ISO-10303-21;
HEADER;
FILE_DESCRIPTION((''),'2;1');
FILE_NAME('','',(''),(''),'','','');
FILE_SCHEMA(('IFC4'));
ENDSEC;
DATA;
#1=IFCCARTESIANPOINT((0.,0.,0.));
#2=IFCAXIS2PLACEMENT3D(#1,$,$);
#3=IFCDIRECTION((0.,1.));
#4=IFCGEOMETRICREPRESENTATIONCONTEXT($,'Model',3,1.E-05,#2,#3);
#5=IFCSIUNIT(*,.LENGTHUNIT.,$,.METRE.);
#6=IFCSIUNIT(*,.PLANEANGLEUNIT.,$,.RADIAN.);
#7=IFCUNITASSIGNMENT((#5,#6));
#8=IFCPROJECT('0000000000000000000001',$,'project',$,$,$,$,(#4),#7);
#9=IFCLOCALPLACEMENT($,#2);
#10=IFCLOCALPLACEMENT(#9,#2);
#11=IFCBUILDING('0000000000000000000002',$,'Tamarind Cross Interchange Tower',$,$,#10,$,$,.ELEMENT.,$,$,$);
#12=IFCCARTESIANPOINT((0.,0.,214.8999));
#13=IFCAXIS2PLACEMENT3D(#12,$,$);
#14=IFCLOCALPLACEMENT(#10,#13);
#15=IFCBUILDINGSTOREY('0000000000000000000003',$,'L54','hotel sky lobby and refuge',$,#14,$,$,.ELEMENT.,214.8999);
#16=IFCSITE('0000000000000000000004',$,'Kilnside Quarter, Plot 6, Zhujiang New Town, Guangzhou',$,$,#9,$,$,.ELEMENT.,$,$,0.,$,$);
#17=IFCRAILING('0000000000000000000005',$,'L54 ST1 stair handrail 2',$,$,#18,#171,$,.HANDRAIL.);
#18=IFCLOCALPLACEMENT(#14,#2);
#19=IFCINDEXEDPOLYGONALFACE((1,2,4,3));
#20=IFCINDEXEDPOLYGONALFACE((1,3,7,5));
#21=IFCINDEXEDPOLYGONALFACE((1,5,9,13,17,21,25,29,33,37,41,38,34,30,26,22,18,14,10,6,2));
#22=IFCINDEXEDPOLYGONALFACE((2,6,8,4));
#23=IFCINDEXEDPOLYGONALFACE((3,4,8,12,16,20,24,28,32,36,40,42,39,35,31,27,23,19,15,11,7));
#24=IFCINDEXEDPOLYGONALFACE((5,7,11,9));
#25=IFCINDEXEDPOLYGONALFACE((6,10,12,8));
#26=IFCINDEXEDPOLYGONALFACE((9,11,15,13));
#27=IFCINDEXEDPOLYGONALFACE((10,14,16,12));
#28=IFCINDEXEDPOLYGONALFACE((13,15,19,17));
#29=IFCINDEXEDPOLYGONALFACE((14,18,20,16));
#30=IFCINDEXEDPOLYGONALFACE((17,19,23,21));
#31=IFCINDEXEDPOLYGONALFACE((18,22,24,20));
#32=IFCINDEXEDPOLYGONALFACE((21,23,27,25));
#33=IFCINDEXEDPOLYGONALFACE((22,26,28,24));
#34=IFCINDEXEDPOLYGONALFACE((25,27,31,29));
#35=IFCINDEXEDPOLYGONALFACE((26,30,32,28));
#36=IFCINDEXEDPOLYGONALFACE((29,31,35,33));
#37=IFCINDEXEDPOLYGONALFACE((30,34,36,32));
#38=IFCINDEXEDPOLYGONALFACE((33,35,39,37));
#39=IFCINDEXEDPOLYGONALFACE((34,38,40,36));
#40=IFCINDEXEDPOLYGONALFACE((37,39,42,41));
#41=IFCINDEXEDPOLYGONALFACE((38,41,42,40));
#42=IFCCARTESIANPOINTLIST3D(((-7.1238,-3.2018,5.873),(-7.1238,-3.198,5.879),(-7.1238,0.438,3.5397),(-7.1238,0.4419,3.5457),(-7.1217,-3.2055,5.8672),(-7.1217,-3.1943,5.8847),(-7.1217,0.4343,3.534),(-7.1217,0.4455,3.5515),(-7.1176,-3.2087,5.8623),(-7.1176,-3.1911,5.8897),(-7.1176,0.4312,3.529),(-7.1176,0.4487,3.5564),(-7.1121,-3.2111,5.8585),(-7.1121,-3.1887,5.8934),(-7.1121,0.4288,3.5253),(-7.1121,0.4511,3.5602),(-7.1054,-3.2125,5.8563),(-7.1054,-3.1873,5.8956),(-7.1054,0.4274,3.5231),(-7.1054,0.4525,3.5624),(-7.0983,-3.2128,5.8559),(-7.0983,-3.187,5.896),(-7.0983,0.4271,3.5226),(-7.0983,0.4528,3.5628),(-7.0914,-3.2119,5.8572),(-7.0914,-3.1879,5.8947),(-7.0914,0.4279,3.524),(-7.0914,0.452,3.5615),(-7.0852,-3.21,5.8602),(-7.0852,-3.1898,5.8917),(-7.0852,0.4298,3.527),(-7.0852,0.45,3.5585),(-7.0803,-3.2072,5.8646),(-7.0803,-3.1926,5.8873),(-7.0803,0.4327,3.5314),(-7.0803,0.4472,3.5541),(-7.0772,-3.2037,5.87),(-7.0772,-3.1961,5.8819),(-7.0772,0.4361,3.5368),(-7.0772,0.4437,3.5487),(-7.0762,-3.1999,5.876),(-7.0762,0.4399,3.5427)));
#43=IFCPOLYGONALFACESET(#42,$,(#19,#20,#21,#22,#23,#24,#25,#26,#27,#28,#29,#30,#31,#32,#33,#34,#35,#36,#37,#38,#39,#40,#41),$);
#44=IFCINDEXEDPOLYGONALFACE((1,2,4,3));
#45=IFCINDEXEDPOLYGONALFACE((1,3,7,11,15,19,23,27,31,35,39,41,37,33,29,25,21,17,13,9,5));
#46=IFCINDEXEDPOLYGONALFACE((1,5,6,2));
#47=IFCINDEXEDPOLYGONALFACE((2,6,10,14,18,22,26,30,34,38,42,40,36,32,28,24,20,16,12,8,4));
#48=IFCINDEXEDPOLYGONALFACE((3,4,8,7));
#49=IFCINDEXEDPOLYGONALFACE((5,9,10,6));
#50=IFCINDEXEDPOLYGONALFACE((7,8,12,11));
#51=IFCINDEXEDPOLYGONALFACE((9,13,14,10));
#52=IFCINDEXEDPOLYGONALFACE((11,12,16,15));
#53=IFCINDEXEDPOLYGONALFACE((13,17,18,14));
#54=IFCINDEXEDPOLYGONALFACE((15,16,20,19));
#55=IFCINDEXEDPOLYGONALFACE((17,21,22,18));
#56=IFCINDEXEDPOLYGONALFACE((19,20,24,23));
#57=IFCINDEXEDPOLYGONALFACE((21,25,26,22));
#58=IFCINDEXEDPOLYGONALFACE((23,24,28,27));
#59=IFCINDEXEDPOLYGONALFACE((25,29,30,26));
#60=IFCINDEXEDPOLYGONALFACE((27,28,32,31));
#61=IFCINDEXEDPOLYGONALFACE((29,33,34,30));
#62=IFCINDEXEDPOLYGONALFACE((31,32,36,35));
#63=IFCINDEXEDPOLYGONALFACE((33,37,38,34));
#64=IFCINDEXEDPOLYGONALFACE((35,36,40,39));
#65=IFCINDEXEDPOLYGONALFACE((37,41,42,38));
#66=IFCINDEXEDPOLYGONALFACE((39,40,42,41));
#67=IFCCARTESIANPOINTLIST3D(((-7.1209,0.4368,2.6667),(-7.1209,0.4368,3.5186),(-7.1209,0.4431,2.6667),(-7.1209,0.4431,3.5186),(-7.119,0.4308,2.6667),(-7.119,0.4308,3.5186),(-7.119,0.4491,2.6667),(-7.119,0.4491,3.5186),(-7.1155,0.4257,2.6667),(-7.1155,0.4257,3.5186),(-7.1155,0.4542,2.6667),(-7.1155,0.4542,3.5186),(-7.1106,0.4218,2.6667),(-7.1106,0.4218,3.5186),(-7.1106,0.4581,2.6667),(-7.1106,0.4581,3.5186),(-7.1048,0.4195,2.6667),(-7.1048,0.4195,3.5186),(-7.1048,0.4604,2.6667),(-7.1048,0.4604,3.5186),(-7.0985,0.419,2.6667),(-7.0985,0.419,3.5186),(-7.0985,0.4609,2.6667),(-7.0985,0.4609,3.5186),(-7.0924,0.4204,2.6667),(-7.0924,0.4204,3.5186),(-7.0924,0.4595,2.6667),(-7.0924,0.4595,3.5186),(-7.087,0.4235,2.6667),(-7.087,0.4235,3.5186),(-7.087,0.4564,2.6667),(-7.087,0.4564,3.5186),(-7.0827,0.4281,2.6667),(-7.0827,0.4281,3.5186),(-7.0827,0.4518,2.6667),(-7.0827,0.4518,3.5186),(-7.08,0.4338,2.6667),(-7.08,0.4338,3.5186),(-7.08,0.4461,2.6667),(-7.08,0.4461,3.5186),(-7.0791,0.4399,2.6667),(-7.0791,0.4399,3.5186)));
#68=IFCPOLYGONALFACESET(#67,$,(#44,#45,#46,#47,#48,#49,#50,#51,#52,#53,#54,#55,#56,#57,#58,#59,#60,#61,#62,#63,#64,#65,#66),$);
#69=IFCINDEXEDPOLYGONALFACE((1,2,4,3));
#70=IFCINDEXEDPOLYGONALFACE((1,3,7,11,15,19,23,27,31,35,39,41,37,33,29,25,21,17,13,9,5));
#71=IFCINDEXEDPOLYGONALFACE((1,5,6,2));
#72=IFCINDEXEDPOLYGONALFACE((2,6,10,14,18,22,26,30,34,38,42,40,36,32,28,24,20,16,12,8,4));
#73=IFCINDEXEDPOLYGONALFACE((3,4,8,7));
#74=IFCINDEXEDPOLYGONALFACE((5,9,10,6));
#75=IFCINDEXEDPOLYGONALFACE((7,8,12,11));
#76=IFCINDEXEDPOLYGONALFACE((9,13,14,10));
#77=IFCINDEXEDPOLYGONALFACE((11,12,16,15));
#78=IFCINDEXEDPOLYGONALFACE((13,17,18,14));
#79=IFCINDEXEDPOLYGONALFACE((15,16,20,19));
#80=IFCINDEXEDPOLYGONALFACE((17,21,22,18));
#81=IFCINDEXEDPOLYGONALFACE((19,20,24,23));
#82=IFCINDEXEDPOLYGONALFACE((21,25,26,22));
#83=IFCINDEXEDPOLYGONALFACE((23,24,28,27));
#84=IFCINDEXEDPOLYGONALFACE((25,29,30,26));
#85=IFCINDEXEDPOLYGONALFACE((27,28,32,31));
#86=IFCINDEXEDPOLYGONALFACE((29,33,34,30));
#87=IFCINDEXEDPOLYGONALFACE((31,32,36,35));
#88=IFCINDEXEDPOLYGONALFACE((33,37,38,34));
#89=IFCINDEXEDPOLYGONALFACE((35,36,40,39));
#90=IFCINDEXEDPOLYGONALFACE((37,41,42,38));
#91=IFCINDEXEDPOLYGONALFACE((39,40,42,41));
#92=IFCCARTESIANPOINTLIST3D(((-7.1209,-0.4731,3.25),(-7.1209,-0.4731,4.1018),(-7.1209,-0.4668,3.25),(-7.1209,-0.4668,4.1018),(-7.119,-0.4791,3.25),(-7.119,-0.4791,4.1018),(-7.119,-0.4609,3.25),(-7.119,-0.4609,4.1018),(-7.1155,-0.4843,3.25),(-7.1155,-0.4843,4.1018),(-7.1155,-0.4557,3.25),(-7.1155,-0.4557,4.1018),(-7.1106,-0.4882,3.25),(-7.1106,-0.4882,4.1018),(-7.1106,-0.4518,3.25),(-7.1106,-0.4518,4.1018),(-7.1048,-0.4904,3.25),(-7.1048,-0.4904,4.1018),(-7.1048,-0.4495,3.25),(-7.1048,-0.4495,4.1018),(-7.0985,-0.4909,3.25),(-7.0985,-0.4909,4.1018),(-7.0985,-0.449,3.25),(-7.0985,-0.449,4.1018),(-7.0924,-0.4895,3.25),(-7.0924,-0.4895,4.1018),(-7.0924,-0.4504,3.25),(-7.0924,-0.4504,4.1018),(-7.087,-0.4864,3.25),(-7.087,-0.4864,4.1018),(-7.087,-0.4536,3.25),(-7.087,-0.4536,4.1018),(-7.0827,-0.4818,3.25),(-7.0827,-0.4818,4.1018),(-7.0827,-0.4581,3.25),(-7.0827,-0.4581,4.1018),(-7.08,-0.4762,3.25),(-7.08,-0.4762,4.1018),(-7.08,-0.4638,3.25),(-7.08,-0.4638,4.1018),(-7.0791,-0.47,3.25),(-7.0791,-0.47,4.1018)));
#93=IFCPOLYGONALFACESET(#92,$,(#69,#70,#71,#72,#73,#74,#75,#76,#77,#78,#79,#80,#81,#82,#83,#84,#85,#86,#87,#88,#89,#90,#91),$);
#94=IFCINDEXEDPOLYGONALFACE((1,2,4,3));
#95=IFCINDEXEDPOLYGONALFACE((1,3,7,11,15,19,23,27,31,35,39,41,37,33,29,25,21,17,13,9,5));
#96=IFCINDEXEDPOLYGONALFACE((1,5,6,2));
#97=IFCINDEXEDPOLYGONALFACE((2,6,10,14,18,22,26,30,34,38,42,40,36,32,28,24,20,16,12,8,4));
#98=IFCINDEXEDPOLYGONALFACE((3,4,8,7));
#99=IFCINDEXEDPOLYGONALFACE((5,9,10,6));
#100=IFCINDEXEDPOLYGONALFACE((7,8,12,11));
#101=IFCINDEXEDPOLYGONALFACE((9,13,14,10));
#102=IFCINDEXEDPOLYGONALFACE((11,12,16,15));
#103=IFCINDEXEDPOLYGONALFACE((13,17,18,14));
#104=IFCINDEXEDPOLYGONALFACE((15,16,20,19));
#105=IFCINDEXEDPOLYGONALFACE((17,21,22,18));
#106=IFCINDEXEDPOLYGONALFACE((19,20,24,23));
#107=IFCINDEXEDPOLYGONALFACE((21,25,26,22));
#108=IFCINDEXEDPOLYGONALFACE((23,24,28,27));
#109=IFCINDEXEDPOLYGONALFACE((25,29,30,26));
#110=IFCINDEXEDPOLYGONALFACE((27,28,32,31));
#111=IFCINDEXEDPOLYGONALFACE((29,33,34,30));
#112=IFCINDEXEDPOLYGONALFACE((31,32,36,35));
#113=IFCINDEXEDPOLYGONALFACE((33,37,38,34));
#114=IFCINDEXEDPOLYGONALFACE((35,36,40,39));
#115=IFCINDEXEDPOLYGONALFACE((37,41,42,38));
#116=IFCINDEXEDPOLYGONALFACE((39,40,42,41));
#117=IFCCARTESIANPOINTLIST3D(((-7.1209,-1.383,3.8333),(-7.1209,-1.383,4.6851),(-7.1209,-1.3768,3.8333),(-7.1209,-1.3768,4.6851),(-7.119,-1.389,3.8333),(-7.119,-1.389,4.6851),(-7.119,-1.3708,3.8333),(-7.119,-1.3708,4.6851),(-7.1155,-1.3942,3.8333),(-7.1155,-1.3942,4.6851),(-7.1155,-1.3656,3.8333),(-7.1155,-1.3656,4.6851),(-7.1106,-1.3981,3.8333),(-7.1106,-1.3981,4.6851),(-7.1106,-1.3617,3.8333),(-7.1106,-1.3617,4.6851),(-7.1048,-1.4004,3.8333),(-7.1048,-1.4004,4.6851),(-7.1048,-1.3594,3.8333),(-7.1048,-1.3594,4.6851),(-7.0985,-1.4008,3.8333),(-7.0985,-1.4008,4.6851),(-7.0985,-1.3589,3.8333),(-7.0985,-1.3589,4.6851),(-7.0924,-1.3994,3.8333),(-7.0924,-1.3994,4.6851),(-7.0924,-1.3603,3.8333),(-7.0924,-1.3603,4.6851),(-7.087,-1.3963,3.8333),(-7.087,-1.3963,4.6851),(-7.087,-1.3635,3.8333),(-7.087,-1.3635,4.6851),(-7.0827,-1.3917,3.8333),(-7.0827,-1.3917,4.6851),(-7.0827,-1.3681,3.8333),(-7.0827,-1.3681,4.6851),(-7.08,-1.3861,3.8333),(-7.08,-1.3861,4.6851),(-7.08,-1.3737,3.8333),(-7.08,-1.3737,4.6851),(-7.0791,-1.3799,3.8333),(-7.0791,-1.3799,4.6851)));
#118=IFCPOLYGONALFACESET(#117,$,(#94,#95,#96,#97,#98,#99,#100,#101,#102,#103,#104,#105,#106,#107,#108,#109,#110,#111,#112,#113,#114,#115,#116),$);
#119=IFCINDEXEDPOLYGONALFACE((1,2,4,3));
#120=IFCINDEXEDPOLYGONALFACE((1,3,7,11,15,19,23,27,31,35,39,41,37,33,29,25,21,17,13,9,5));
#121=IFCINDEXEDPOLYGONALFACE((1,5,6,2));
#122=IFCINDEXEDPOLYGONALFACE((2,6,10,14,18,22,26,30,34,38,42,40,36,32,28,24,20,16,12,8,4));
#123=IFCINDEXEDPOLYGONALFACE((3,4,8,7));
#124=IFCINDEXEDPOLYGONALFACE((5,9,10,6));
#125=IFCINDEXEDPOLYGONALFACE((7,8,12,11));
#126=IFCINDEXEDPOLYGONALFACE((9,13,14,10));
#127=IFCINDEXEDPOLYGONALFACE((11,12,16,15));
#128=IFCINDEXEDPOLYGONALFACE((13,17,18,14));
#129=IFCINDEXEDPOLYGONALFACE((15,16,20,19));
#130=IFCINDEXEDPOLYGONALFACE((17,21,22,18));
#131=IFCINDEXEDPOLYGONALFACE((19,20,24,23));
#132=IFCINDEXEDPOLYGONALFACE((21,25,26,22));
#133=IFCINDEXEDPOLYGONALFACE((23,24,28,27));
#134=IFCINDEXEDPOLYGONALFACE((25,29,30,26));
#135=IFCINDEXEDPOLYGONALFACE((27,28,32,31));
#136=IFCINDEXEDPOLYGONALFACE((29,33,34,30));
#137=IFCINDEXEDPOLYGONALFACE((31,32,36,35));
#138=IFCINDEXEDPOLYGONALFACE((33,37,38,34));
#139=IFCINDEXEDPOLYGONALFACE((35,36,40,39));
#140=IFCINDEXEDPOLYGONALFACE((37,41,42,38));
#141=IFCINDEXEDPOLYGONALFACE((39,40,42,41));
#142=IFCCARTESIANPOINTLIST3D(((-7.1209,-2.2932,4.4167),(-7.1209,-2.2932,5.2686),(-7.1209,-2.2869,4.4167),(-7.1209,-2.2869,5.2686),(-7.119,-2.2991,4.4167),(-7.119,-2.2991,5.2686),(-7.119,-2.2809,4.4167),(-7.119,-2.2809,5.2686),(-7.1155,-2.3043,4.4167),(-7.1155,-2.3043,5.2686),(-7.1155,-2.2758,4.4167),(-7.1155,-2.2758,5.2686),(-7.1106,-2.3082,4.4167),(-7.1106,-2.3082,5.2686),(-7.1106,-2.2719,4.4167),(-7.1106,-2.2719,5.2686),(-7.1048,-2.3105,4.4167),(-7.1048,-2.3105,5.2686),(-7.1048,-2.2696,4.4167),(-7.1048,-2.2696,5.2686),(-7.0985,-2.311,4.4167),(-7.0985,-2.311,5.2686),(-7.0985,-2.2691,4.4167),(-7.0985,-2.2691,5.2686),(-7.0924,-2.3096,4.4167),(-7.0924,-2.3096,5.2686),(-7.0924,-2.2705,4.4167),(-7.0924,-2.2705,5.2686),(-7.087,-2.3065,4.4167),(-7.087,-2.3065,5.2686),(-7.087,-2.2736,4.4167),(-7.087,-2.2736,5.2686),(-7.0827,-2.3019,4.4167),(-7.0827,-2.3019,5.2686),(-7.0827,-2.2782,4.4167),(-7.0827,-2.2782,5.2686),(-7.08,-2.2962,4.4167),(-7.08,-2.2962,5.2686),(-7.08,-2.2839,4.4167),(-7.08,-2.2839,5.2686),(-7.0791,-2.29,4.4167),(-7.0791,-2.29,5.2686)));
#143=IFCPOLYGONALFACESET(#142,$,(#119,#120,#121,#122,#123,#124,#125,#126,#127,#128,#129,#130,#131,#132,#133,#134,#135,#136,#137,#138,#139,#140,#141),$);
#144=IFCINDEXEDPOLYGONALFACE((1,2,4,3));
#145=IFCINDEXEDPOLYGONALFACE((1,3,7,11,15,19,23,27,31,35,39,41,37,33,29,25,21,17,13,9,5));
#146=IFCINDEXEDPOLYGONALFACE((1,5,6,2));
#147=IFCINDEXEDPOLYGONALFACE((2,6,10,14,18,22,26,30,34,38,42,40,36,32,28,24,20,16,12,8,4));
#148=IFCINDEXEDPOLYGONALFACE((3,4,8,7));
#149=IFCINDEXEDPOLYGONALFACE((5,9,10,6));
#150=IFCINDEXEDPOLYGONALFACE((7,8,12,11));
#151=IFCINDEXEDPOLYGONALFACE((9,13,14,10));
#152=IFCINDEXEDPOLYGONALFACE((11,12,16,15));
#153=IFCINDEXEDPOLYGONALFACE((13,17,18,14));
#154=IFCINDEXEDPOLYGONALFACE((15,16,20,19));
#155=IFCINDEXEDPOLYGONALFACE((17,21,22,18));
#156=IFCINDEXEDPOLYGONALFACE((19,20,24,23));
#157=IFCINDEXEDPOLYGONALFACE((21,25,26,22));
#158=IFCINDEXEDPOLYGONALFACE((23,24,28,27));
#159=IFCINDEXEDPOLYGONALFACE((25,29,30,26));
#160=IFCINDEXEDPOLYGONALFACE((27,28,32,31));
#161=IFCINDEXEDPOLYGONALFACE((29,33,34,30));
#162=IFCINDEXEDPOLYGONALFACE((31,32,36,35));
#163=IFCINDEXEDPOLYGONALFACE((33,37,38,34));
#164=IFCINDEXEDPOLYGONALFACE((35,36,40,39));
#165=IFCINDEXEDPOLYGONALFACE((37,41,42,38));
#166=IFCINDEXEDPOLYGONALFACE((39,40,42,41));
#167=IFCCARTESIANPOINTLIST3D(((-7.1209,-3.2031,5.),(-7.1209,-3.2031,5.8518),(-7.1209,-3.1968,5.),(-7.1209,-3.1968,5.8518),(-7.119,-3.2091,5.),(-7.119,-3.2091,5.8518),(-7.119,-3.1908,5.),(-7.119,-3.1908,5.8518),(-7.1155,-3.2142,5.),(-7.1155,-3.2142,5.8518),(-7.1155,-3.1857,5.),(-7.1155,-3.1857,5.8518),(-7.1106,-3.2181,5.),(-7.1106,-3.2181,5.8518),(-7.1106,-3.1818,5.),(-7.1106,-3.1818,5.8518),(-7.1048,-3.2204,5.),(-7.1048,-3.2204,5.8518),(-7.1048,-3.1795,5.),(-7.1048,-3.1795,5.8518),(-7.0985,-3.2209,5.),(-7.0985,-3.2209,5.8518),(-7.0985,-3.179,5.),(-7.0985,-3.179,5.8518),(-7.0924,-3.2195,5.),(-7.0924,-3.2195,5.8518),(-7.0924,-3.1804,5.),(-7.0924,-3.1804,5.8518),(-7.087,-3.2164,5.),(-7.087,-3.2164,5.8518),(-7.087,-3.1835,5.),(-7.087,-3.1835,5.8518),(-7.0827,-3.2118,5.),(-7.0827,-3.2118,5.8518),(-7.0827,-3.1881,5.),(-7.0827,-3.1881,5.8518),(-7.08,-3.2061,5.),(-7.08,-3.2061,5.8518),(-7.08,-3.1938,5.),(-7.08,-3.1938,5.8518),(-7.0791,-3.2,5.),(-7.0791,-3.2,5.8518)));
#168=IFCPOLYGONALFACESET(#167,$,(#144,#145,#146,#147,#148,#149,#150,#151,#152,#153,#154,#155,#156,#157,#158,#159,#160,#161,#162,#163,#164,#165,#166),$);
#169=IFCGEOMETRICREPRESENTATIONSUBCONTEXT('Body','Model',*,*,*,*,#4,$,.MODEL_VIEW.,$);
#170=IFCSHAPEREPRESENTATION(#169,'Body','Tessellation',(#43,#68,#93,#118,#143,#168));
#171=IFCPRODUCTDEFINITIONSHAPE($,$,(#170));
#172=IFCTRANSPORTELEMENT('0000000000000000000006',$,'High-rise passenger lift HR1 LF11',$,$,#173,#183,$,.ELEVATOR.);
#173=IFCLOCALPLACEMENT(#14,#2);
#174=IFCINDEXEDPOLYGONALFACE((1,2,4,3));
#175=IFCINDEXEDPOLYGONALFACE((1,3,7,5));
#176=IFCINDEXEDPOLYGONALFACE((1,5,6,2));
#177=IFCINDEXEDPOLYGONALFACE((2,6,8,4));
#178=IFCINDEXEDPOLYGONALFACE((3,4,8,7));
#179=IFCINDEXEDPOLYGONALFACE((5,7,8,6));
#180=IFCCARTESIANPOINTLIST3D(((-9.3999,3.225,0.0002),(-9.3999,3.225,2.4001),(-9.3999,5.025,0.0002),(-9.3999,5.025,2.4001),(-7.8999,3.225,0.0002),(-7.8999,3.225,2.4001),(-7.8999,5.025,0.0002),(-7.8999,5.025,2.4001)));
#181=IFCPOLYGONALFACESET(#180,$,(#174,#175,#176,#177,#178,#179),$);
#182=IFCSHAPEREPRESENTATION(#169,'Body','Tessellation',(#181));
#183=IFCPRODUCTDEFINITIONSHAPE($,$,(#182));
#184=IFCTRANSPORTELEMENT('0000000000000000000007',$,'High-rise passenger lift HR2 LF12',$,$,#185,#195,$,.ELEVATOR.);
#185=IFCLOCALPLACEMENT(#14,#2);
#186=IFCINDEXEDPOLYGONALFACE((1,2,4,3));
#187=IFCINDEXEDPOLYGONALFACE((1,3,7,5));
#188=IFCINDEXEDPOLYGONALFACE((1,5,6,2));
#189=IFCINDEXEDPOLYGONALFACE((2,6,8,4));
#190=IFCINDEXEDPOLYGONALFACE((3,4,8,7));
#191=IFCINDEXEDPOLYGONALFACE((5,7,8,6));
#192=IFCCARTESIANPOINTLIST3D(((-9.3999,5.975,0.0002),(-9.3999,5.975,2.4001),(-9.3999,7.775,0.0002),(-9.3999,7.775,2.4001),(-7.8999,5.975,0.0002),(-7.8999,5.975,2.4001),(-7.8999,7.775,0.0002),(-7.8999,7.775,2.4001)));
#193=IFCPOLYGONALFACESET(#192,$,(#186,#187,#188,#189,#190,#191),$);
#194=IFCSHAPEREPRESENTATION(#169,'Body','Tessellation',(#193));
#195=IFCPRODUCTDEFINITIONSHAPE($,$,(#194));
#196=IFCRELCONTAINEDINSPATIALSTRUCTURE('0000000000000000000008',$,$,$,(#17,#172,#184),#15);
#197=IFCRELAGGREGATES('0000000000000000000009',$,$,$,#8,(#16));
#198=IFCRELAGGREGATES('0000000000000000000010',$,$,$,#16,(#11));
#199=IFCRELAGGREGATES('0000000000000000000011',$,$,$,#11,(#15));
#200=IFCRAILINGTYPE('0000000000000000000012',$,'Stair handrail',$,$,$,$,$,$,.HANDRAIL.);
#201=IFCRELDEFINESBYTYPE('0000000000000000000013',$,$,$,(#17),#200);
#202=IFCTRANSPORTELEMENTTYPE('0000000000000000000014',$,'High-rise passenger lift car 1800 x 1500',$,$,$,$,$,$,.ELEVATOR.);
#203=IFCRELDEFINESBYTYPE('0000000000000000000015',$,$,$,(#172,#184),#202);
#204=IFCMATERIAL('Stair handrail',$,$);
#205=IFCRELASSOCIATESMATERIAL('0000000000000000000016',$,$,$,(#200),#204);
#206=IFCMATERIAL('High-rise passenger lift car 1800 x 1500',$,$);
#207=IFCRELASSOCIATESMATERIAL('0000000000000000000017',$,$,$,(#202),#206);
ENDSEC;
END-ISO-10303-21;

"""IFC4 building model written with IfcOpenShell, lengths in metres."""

from ifc_helpers import new_model, si_unit, direction, frame, origin, origin_2d, place, context, subcontext, project, spatial, rectangle, circle, extrude, material, type_object, element, save


model = new_model("IFC4")

# Units and contexts
model_context = context("Model", 3, precision=1e-05, world=origin(), true_north=direction((0.0, 1.0)))
body_context = subcontext(model_context, "Body", "Model", "MODEL_VIEW")
ifc_project = project(units=[si_unit("LENGTHUNIT", "METRE"), si_unit("PLANEANGLEUNIT", "RADIAN")], contexts=[model_context])

# Site, building, storey
site_placement = place(None, origin())
site = spatial("IfcSite", under=ifc_project, at=site_placement, Name="Kilnside Quarter, Plot 6, Zhujiang New Town, Guangzhou", CompositionType="ELEMENT", RefElevation=0.0)
building_placement = place(site_placement, origin())
building = spatial("IfcBuilding", under=site, at=building_placement, Name="Tamarind Cross Interchange Tower", CompositionType="ELEMENT")
storey_placement = place(building_placement, frame((0.0, 0.0, 214.8999)))
storey = spatial("IfcBuildingStorey", under=building, at=storey_placement, Name="L54", Description="hotel sky lobby and refuge", CompositionType="ELEMENT", Elevation=214.8999)

# Railing
ifc_material_1 = material(Name="Stair handrail")
railing_type_1 = type_object("IfcRailingType", Name="Stair handrail", PredefinedType="HANDRAIL", material=ifc_material_1)
railing_1_placement = place(storey_placement, frame((-7.1001, 0.4399, 2.6667)))
element("IfcRailing", 1, at=railing_1_placement, inside=storey, type_object=railing_type_1, Name="L54 ST1 stair handrail 2", PredefinedType="HANDRAIL", context=body_context, shape_type="SweptSolid", body=[
    extrude(circle(Radius=0.0239, at=origin_2d()), frame((0.0, 0.0, 0.876), z_axis=(0.0, -0.84188, 0.539664), x_axis=(1.0, 0.0, 0.0)), (0.0, 0.0, 1.0), 4.3235),
    extrude(circle(Radius=0.021, at=origin_2d()), origin(), (0.0, 0.0, 1.0), 0.8518),
    extrude(circle(Radius=0.021, at=origin_2d()), frame((0.0, -0.9099, 0.5833)), (0.0, 0.0, 1.0), 0.8518),
    extrude(circle(Radius=0.021, at=origin_2d()), frame((0.0, -1.8198, 1.1665)), (0.0, 0.0, 1.0), 0.8518),
    extrude(circle(Radius=0.021, at=origin_2d()), frame((0.0, -2.73, 1.75)), (0.0, 0.0, 1.0), 0.8518),
    extrude(circle(Radius=0.021, at=origin_2d()), frame((0.0, -3.6399, 2.3333)), (0.0, 0.0, 1.0), 0.8518),
])

# Transport elements
ifc_material_2 = material(Name="High-rise passenger lift car 1800 x 1500")
transport_element_type = type_object("IfcTransportElementType", Name="High-rise passenger lift car 1800 x 1500", PredefinedType="ELEVATOR", material=ifc_material_2)
for number, where, z_axis, x_axis, name in (
    (2, (-8.6499, 4.125, 0.0002), (0.0, 0.0, 1.0), (1.0, 0.0, 0.0), "High-rise passenger lift HR1 LF11"),
    (3, (-8.6499, 6.875, 0.0002), (0.0, 0.0, 1.0), (1.0, 0.0, 0.0), "High-rise passenger lift HR2 LF12"),
):
    element("IfcTransportElement", number, at=place(storey_placement, frame(where, z_axis=z_axis, x_axis=x_axis)), inside=storey, type_object=transport_element_type, Name=name, PredefinedType="ELEVATOR", context=body_context, shape_type="SweptSolid", body=[
        extrude(rectangle(XDim=1.5, YDim=1.8, at=origin_2d()), origin(), (0.0, 0.0, 1.0), 2.3999),
    ])

save(model, "model.ifc")
